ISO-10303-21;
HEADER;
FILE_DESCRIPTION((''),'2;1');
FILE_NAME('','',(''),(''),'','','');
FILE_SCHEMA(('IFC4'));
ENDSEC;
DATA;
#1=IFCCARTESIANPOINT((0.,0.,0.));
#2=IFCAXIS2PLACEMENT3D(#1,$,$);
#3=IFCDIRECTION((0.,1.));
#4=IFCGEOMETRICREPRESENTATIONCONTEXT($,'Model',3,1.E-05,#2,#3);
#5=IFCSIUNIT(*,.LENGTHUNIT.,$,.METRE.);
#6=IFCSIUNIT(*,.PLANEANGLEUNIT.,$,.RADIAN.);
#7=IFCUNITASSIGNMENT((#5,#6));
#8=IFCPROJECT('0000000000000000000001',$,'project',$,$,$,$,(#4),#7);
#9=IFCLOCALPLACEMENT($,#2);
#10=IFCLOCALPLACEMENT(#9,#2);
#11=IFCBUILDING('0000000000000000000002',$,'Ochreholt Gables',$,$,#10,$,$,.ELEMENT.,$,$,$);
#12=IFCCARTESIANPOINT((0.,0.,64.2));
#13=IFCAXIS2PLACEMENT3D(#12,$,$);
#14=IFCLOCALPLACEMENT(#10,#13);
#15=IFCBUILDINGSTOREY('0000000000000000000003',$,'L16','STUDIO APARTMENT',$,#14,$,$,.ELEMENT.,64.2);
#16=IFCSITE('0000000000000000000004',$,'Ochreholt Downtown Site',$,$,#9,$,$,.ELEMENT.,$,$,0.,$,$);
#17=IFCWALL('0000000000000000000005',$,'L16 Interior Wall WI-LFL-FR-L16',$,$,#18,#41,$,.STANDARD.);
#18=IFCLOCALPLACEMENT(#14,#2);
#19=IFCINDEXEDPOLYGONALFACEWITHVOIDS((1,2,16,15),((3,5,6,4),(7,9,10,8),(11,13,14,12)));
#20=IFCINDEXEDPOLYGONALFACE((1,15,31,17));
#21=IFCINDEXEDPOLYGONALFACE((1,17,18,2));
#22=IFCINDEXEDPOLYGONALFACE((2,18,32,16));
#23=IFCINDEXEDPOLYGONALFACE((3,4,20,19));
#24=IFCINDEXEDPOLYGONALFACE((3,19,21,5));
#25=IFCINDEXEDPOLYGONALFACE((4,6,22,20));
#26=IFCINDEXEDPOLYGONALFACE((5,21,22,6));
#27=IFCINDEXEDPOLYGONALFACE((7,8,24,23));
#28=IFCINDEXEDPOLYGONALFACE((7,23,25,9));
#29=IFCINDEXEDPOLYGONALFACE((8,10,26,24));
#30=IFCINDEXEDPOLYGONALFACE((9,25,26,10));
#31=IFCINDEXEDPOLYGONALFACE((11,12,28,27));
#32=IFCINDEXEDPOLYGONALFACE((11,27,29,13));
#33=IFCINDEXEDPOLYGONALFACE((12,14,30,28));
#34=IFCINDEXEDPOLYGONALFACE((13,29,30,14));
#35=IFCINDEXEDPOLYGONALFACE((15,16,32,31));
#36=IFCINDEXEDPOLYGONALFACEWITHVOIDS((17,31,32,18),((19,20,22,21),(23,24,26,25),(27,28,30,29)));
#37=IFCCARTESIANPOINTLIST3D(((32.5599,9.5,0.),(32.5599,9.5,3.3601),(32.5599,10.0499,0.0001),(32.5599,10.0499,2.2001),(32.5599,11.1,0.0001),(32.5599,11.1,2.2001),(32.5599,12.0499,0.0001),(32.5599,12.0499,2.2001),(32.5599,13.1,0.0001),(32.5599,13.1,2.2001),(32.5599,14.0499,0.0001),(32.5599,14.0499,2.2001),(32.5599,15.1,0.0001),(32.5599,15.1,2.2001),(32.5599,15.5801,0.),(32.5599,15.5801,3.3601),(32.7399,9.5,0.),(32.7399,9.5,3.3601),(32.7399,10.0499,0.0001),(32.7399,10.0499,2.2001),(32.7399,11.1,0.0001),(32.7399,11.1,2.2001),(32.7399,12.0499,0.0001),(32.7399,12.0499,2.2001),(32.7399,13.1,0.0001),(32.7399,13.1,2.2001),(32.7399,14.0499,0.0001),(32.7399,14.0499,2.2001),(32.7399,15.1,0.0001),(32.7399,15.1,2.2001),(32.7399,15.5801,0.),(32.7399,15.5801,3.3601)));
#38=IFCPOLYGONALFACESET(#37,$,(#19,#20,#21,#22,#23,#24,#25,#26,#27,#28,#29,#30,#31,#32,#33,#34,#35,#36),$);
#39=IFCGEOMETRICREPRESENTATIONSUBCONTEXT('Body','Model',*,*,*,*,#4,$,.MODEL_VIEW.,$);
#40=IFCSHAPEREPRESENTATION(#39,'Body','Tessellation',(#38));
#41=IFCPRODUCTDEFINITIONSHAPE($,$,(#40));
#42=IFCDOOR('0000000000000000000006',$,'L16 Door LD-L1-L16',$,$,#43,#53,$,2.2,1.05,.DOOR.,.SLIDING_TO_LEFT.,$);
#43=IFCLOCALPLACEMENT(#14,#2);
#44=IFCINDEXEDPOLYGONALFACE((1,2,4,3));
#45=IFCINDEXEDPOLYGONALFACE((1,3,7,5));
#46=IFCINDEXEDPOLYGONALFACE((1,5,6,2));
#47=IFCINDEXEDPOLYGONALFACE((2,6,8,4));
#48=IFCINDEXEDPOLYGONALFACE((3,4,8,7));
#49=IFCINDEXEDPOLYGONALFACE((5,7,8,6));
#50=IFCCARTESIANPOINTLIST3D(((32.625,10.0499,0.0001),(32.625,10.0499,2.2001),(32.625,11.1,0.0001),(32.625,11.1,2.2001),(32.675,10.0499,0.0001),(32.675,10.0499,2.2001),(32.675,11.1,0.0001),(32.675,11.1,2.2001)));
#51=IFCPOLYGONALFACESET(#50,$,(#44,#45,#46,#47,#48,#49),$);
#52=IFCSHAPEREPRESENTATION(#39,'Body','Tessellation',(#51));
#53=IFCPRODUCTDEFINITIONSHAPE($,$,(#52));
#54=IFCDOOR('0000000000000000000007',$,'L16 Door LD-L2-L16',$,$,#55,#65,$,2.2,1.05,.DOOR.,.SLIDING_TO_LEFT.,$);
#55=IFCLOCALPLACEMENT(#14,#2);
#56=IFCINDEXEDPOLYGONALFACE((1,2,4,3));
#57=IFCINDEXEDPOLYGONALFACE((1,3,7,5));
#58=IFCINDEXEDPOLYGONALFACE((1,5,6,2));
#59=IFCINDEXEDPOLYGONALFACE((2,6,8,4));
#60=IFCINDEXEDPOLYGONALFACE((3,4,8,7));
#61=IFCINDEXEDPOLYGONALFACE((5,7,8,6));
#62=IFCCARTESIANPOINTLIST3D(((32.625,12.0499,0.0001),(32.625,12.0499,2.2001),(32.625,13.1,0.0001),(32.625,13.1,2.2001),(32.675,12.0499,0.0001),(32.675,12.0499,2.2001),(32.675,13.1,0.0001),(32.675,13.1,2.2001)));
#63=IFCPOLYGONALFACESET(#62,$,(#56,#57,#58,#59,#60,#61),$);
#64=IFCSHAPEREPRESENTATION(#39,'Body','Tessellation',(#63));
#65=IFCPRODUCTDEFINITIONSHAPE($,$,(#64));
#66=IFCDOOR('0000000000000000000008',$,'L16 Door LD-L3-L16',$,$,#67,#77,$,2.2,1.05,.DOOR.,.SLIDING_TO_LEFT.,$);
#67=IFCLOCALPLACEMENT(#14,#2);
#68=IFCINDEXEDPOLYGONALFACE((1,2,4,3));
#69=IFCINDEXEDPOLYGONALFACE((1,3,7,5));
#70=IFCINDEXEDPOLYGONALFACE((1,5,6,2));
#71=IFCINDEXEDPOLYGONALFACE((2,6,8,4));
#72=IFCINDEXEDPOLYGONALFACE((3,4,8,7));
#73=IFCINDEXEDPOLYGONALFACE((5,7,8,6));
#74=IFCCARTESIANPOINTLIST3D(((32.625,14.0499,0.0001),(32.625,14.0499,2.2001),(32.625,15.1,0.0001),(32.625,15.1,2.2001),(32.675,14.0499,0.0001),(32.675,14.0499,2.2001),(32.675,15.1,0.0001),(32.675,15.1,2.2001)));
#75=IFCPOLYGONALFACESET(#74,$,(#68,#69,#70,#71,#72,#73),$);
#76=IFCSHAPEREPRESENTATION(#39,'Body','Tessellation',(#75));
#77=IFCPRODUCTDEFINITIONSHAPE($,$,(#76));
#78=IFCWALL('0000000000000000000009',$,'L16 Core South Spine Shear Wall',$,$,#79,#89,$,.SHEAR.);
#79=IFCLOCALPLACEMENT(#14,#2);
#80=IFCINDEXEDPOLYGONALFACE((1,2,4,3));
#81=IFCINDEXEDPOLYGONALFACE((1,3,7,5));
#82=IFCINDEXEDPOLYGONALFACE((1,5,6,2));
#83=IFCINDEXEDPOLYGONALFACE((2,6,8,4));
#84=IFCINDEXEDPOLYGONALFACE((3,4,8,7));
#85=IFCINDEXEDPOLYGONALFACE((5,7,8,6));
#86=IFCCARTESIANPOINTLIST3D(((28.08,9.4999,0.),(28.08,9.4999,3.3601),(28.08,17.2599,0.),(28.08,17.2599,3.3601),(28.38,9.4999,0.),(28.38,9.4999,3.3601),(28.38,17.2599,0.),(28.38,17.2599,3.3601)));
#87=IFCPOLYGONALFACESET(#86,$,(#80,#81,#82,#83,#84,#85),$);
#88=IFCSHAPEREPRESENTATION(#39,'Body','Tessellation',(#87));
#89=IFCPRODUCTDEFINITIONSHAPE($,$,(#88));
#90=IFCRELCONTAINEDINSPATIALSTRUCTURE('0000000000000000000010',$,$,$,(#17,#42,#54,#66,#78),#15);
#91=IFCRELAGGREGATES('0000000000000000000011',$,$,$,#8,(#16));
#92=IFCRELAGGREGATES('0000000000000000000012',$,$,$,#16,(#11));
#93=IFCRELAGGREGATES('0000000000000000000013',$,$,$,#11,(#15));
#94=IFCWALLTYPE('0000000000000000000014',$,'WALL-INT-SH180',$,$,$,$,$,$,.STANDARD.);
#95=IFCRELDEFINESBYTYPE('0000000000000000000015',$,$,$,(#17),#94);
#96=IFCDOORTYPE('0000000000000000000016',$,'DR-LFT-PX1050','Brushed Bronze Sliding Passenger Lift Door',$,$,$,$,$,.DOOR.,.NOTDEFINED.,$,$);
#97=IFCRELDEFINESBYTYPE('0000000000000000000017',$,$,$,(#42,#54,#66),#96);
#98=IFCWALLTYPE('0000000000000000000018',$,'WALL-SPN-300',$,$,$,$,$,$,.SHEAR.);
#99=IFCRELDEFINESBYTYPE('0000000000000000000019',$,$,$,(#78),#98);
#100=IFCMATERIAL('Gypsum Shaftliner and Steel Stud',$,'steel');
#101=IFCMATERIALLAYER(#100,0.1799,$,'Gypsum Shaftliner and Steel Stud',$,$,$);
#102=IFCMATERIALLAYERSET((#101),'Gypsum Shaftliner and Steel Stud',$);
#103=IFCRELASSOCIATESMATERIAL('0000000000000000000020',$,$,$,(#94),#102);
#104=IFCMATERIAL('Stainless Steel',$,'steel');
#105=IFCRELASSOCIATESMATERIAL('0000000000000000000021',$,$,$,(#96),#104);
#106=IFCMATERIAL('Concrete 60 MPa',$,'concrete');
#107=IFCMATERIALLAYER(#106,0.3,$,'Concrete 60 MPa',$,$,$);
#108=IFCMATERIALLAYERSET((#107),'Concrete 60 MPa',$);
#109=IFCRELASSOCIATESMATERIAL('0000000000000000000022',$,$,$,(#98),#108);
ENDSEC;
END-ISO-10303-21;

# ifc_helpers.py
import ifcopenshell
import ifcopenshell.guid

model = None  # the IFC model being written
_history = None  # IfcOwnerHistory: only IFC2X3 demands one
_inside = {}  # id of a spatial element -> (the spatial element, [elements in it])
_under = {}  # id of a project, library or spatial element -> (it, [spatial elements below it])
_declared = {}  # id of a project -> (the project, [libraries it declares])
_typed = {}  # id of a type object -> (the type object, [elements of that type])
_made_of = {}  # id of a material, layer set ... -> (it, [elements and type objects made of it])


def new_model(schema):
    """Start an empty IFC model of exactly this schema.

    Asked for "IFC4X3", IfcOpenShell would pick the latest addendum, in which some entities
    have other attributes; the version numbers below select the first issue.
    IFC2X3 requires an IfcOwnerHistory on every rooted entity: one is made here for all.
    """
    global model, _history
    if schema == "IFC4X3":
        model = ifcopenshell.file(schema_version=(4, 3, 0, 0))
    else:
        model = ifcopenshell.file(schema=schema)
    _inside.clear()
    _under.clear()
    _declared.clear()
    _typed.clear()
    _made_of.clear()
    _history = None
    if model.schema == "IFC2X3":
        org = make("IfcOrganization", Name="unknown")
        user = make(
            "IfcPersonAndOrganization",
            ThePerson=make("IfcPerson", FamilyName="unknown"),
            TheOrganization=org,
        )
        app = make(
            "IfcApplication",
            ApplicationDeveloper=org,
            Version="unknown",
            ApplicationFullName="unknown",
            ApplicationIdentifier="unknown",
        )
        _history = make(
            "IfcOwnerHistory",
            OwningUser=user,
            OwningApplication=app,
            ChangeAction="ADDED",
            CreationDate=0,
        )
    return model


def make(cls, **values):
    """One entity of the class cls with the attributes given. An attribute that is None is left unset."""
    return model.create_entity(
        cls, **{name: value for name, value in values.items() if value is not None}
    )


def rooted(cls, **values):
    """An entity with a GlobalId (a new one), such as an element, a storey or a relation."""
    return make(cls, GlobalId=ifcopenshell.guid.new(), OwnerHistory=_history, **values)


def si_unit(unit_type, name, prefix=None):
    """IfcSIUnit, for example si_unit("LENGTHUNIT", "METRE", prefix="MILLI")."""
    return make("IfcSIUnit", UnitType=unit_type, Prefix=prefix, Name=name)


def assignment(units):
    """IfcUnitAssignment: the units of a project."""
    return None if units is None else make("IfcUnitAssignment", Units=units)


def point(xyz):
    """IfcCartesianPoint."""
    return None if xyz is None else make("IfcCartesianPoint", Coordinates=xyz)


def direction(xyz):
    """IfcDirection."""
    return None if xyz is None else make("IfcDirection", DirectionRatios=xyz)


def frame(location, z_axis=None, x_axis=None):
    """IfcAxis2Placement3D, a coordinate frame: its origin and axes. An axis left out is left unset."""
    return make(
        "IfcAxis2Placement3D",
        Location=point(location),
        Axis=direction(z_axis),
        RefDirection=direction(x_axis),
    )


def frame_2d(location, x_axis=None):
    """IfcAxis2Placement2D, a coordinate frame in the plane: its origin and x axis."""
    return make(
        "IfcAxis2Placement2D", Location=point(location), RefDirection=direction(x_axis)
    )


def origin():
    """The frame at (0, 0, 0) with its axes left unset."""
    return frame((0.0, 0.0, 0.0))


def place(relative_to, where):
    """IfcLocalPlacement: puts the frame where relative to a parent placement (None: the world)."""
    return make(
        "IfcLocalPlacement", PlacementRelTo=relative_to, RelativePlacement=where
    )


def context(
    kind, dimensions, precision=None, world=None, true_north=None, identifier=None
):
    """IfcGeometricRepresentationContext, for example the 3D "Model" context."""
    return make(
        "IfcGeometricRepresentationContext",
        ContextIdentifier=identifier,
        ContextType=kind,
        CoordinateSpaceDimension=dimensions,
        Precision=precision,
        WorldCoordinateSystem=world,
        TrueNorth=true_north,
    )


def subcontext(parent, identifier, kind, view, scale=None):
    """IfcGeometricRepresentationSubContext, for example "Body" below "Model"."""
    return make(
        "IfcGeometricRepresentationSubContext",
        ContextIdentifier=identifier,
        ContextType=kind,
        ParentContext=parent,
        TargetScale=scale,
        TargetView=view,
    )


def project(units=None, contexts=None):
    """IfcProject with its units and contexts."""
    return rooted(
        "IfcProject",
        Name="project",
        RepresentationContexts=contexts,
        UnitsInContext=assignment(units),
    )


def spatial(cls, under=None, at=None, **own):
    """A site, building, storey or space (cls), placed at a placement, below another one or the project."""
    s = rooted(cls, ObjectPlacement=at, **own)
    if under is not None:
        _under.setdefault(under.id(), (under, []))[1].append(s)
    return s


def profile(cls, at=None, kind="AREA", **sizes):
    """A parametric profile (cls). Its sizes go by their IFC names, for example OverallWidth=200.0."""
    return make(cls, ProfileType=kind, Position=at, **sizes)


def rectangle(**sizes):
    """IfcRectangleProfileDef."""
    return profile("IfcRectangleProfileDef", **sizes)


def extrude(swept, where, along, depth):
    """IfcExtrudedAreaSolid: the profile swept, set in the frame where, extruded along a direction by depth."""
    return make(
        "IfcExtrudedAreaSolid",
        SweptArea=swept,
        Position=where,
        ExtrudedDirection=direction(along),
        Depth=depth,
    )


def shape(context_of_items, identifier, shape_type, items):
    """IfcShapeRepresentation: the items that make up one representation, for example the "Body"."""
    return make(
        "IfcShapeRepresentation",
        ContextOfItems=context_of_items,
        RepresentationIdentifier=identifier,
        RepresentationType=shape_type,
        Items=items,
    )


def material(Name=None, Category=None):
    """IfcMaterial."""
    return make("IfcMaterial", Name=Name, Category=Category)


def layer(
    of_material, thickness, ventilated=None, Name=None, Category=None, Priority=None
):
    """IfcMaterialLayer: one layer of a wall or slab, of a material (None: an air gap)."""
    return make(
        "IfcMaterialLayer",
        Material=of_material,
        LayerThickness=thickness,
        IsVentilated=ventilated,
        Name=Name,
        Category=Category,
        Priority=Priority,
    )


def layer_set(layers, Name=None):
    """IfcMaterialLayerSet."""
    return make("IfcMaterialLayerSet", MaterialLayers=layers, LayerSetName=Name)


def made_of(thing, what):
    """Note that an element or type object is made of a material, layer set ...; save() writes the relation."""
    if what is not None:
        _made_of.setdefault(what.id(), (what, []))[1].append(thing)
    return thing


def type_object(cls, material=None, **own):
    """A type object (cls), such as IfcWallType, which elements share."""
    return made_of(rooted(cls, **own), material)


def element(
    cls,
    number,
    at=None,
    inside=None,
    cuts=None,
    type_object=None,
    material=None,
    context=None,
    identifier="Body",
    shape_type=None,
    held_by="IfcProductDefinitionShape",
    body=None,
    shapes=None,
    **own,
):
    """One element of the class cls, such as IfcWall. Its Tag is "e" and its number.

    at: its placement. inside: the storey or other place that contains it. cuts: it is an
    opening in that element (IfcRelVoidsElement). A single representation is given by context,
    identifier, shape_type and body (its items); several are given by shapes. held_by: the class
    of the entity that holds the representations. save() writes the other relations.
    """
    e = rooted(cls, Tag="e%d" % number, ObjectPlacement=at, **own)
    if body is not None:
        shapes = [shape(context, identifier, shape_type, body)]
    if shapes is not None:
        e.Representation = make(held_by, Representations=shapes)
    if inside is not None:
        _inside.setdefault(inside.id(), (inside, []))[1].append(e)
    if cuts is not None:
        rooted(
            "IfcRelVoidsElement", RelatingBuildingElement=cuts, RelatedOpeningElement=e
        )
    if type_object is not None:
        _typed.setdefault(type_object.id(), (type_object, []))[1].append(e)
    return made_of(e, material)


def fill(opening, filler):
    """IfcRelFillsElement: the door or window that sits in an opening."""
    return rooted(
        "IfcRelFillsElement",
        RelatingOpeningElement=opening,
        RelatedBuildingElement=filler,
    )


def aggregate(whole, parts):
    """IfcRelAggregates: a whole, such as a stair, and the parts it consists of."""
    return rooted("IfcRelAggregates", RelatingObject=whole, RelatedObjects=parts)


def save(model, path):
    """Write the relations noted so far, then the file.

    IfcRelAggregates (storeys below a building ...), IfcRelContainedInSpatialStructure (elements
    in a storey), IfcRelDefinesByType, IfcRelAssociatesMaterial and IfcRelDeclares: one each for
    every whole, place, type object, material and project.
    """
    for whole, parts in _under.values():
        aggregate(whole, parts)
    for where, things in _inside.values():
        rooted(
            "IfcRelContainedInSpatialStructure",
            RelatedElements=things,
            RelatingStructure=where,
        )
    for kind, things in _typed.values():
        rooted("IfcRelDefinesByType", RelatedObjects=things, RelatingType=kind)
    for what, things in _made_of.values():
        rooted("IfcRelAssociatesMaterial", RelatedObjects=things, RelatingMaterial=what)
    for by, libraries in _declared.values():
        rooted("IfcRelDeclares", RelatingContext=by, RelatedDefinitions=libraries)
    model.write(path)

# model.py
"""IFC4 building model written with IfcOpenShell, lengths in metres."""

from ifc_helpers import new_model, si_unit, direction, frame, frame_2d, origin, place, context, subcontext, project, spatial, rectangle, extrude, material, layer, layer_set, type_object, element, fill, save


model = new_model("IFC4")

# Units and contexts
model_context = context("Model", 3, precision=1e-05, world=origin(), true_north=direction((0.0, 1.0)))
body_context = subcontext(model_context, "Body", "Model", "MODEL_VIEW")
ifc_project = project(units=[si_unit("LENGTHUNIT", "METRE"), si_unit("PLANEANGLEUNIT", "RADIAN")], contexts=[model_context])

# Site, building, storey
site_placement = place(None, origin())
site = spatial("IfcSite", under=ifc_project, at=site_placement, Name="Ochreholt Downtown Site", CompositionType="ELEMENT", RefElevation=0.0)
building_placement = place(site_placement, origin())
building = spatial("IfcBuilding", under=site, at=building_placement, Name="Ochreholt Gables", CompositionType="ELEMENT")
storey_placement = place(building_placement, frame((0.0, 0.0, 64.2)))
storey = spatial("IfcBuildingStorey", under=building, at=storey_placement, Name="L16", Description="STUDIO APARTMENT", CompositionType="ELEMENT", Elevation=64.2)

# Shared definitions
ifc_material_1 = material(Name="Concrete 60 MPa", Category="concrete")

# Shared definitions
ifc_material_2 = material(Name="Gypsum Shaftliner and Steel Stud", Category="steel")

# Wall, openings, doors
ifc_layer_1 = layer(ifc_material_2, 0.1799, Name="Gypsum Shaftliner and Steel Stud")
ifc_layer_set_1 = layer_set([ifc_layer_1], Name="Gypsum Shaftliner and Steel Stud")
wall_type_1 = type_object("IfcWallType", Name="WALL-INT-SH180", PredefinedType="STANDARD", material=ifc_layer_set_1)
wall_1_placement = place(storey_placement, frame((32.6499, 9.5, 0.0), z_axis=(0.0, 0.0, 1.0), x_axis=(0.0, 1.0, 0.0)))
wall_1 = element("IfcWall", 1, at=wall_1_placement, inside=storey, type_object=wall_type_1, Name="L16 Interior Wall WI-LFL-FR-L16", PredefinedType="STANDARD", context=body_context, shape_type="SweptSolid", body=[
    extrude(rectangle(XDim=6.0801, YDim=0.1799, at=frame_2d((3.04, 0.0))), origin(), (0.0, 0.0, 1.0), 3.3601),
])
opening_1_placement = place(wall_1_placement, frame((0.55, 0.0, 0.0)))
opening_1 = element("IfcOpeningElement", 2, at=opening_1_placement, cuts=wall_1, PredefinedType="OPENING", context=body_context, shape_type="SweptSolid", body=[
    extrude(rectangle(XDim=1.05, YDim=2.2, at=frame_2d((0.5249, 1.1001))), frame((0.0, 0.0999, 0.0), z_axis=(0.0, -1.0, 0.0), x_axis=(1.0, 0.0, 0.0)), (0.0, 0.0, 1.0), 0.2),
])
opening_2_placement = place(wall_1_placement, frame((2.55, 0.0, 0.0)))
opening_2 = element("IfcOpeningElement", 3, at=opening_2_placement, cuts=wall_1, PredefinedType="OPENING", context=body_context, shape_type="SweptSolid", body=[
    extrude(rectangle(XDim=1.05, YDim=2.2, at=frame_2d((0.5249, 1.1001))), frame((0.0, 0.0999, 0.0), z_axis=(0.0, -1.0, 0.0), x_axis=(1.0, 0.0, 0.0)), (0.0, 0.0, 1.0), 0.2),
])
opening_3_placement = place(wall_1_placement, frame((4.55, 0.0, 0.0)))
opening_3 = element("IfcOpeningElement", 4, at=opening_3_placement, cuts=wall_1, PredefinedType="OPENING", context=body_context, shape_type="SweptSolid", body=[
    extrude(rectangle(XDim=1.05, YDim=2.2, at=frame_2d((0.5249, 1.1001))), frame((0.0, 0.0999, 0.0), z_axis=(0.0, -1.0, 0.0), x_axis=(1.0, 0.0, 0.0)), (0.0, 0.0, 1.0), 0.2),
])
ifc_material_3 = material(Name="Stainless Steel", Category="steel")
door_type_1 = type_object("IfcDoorType", Name="DR-LFT-PX1050", Description="Brushed Bronze Sliding Passenger Lift Door", OperationType="NOTDEFINED", PredefinedType="DOOR", material=ifc_material_3)
door_1_placement = place(opening_1_placement, origin())
door_1 = element("IfcDoor", 5, at=door_1_placement, inside=storey, type_object=door_type_1, Name="L16 Door LD-L1-L16", OperationType="SLIDING_TO_LEFT", OverallHeight=2.2, OverallWidth=1.05, PredefinedType="DOOR", context=body_context, shape_type="SweptSolid", body=[
    extrude(rectangle(XDim=1.05, YDim=2.2, at=frame_2d((0.5249, 1.1001))), frame((0.0, 0.0249, 0.0), z_axis=(0.0, -1.0, 0.0), x_axis=(1.0, 0.0, 0.0)), (0.0, 0.0, 1.0), 0.05),
])
fill(opening_1, door_1)
door_2_placement = place(opening_2_placement, origin())
door_2 = element("IfcDoor", 6, at=door_2_placement, inside=storey, type_object=door_type_1, Name="L16 Door LD-L2-L16", OperationType="SLIDING_TO_LEFT", OverallHeight=2.2, OverallWidth=1.05, PredefinedType="DOOR", context=body_context, shape_type="SweptSolid", body=[
    extrude(rectangle(XDim=1.05, YDim=2.2, at=frame_2d((0.5249, 1.1001))), frame((0.0, 0.0249, 0.0), z_axis=(0.0, -1.0, 0.0), x_axis=(1.0, 0.0, 0.0)), (0.0, 0.0, 1.0), 0.05),
])
fill(opening_2, door_2)
door_3_placement = place(opening_3_placement, origin())
door_3 = element("IfcDoor", 7, at=door_3_placement, inside=storey, type_object=door_type_1, Name="L16 Door LD-L3-L16", OperationType="SLIDING_TO_LEFT", OverallHeight=2.2, OverallWidth=1.05, PredefinedType="DOOR", context=body_context, shape_type="SweptSolid", body=[
    extrude(rectangle(XDim=1.05, YDim=2.2, at=frame_2d((0.5249, 1.1001))), frame((0.0, 0.0249, 0.0), z_axis=(0.0, -1.0, 0.0), x_axis=(1.0, 0.0, 0.0)), (0.0, 0.0, 1.0), 0.05),
])
fill(opening_3, door_3)

# Wall
ifc_layer_2 = layer(ifc_material_1, 0.3, Name="Concrete 60 MPa")
ifc_layer_set_2 = layer_set([ifc_layer_2], Name="Concrete 60 MPa")
wall_type_2 = type_object("IfcWallType", Name="WALL-SPN-300", PredefinedType="SHEAR", material=ifc_layer_set_2)
wall_2_placement = place(storey_placement, frame((28.23, 9.5, 0.0), z_axis=(0.0, 0.0, 1.0), x_axis=(0.0, 1.0, 0.0)))
element("IfcWall", 8, at=wall_2_placement, inside=storey, type_object=wall_type_2, Name="L16 Core South Spine Shear Wall", PredefinedType="SHEAR", context=body_context, shape_type="SweptSolid", body=[
    extrude(rectangle(XDim=7.76, YDim=0.3, at=frame_2d((3.8799, 0.0))), origin(), (0.0, 0.0, 1.0), 3.3601),
])

save(model, "model.ifc")
